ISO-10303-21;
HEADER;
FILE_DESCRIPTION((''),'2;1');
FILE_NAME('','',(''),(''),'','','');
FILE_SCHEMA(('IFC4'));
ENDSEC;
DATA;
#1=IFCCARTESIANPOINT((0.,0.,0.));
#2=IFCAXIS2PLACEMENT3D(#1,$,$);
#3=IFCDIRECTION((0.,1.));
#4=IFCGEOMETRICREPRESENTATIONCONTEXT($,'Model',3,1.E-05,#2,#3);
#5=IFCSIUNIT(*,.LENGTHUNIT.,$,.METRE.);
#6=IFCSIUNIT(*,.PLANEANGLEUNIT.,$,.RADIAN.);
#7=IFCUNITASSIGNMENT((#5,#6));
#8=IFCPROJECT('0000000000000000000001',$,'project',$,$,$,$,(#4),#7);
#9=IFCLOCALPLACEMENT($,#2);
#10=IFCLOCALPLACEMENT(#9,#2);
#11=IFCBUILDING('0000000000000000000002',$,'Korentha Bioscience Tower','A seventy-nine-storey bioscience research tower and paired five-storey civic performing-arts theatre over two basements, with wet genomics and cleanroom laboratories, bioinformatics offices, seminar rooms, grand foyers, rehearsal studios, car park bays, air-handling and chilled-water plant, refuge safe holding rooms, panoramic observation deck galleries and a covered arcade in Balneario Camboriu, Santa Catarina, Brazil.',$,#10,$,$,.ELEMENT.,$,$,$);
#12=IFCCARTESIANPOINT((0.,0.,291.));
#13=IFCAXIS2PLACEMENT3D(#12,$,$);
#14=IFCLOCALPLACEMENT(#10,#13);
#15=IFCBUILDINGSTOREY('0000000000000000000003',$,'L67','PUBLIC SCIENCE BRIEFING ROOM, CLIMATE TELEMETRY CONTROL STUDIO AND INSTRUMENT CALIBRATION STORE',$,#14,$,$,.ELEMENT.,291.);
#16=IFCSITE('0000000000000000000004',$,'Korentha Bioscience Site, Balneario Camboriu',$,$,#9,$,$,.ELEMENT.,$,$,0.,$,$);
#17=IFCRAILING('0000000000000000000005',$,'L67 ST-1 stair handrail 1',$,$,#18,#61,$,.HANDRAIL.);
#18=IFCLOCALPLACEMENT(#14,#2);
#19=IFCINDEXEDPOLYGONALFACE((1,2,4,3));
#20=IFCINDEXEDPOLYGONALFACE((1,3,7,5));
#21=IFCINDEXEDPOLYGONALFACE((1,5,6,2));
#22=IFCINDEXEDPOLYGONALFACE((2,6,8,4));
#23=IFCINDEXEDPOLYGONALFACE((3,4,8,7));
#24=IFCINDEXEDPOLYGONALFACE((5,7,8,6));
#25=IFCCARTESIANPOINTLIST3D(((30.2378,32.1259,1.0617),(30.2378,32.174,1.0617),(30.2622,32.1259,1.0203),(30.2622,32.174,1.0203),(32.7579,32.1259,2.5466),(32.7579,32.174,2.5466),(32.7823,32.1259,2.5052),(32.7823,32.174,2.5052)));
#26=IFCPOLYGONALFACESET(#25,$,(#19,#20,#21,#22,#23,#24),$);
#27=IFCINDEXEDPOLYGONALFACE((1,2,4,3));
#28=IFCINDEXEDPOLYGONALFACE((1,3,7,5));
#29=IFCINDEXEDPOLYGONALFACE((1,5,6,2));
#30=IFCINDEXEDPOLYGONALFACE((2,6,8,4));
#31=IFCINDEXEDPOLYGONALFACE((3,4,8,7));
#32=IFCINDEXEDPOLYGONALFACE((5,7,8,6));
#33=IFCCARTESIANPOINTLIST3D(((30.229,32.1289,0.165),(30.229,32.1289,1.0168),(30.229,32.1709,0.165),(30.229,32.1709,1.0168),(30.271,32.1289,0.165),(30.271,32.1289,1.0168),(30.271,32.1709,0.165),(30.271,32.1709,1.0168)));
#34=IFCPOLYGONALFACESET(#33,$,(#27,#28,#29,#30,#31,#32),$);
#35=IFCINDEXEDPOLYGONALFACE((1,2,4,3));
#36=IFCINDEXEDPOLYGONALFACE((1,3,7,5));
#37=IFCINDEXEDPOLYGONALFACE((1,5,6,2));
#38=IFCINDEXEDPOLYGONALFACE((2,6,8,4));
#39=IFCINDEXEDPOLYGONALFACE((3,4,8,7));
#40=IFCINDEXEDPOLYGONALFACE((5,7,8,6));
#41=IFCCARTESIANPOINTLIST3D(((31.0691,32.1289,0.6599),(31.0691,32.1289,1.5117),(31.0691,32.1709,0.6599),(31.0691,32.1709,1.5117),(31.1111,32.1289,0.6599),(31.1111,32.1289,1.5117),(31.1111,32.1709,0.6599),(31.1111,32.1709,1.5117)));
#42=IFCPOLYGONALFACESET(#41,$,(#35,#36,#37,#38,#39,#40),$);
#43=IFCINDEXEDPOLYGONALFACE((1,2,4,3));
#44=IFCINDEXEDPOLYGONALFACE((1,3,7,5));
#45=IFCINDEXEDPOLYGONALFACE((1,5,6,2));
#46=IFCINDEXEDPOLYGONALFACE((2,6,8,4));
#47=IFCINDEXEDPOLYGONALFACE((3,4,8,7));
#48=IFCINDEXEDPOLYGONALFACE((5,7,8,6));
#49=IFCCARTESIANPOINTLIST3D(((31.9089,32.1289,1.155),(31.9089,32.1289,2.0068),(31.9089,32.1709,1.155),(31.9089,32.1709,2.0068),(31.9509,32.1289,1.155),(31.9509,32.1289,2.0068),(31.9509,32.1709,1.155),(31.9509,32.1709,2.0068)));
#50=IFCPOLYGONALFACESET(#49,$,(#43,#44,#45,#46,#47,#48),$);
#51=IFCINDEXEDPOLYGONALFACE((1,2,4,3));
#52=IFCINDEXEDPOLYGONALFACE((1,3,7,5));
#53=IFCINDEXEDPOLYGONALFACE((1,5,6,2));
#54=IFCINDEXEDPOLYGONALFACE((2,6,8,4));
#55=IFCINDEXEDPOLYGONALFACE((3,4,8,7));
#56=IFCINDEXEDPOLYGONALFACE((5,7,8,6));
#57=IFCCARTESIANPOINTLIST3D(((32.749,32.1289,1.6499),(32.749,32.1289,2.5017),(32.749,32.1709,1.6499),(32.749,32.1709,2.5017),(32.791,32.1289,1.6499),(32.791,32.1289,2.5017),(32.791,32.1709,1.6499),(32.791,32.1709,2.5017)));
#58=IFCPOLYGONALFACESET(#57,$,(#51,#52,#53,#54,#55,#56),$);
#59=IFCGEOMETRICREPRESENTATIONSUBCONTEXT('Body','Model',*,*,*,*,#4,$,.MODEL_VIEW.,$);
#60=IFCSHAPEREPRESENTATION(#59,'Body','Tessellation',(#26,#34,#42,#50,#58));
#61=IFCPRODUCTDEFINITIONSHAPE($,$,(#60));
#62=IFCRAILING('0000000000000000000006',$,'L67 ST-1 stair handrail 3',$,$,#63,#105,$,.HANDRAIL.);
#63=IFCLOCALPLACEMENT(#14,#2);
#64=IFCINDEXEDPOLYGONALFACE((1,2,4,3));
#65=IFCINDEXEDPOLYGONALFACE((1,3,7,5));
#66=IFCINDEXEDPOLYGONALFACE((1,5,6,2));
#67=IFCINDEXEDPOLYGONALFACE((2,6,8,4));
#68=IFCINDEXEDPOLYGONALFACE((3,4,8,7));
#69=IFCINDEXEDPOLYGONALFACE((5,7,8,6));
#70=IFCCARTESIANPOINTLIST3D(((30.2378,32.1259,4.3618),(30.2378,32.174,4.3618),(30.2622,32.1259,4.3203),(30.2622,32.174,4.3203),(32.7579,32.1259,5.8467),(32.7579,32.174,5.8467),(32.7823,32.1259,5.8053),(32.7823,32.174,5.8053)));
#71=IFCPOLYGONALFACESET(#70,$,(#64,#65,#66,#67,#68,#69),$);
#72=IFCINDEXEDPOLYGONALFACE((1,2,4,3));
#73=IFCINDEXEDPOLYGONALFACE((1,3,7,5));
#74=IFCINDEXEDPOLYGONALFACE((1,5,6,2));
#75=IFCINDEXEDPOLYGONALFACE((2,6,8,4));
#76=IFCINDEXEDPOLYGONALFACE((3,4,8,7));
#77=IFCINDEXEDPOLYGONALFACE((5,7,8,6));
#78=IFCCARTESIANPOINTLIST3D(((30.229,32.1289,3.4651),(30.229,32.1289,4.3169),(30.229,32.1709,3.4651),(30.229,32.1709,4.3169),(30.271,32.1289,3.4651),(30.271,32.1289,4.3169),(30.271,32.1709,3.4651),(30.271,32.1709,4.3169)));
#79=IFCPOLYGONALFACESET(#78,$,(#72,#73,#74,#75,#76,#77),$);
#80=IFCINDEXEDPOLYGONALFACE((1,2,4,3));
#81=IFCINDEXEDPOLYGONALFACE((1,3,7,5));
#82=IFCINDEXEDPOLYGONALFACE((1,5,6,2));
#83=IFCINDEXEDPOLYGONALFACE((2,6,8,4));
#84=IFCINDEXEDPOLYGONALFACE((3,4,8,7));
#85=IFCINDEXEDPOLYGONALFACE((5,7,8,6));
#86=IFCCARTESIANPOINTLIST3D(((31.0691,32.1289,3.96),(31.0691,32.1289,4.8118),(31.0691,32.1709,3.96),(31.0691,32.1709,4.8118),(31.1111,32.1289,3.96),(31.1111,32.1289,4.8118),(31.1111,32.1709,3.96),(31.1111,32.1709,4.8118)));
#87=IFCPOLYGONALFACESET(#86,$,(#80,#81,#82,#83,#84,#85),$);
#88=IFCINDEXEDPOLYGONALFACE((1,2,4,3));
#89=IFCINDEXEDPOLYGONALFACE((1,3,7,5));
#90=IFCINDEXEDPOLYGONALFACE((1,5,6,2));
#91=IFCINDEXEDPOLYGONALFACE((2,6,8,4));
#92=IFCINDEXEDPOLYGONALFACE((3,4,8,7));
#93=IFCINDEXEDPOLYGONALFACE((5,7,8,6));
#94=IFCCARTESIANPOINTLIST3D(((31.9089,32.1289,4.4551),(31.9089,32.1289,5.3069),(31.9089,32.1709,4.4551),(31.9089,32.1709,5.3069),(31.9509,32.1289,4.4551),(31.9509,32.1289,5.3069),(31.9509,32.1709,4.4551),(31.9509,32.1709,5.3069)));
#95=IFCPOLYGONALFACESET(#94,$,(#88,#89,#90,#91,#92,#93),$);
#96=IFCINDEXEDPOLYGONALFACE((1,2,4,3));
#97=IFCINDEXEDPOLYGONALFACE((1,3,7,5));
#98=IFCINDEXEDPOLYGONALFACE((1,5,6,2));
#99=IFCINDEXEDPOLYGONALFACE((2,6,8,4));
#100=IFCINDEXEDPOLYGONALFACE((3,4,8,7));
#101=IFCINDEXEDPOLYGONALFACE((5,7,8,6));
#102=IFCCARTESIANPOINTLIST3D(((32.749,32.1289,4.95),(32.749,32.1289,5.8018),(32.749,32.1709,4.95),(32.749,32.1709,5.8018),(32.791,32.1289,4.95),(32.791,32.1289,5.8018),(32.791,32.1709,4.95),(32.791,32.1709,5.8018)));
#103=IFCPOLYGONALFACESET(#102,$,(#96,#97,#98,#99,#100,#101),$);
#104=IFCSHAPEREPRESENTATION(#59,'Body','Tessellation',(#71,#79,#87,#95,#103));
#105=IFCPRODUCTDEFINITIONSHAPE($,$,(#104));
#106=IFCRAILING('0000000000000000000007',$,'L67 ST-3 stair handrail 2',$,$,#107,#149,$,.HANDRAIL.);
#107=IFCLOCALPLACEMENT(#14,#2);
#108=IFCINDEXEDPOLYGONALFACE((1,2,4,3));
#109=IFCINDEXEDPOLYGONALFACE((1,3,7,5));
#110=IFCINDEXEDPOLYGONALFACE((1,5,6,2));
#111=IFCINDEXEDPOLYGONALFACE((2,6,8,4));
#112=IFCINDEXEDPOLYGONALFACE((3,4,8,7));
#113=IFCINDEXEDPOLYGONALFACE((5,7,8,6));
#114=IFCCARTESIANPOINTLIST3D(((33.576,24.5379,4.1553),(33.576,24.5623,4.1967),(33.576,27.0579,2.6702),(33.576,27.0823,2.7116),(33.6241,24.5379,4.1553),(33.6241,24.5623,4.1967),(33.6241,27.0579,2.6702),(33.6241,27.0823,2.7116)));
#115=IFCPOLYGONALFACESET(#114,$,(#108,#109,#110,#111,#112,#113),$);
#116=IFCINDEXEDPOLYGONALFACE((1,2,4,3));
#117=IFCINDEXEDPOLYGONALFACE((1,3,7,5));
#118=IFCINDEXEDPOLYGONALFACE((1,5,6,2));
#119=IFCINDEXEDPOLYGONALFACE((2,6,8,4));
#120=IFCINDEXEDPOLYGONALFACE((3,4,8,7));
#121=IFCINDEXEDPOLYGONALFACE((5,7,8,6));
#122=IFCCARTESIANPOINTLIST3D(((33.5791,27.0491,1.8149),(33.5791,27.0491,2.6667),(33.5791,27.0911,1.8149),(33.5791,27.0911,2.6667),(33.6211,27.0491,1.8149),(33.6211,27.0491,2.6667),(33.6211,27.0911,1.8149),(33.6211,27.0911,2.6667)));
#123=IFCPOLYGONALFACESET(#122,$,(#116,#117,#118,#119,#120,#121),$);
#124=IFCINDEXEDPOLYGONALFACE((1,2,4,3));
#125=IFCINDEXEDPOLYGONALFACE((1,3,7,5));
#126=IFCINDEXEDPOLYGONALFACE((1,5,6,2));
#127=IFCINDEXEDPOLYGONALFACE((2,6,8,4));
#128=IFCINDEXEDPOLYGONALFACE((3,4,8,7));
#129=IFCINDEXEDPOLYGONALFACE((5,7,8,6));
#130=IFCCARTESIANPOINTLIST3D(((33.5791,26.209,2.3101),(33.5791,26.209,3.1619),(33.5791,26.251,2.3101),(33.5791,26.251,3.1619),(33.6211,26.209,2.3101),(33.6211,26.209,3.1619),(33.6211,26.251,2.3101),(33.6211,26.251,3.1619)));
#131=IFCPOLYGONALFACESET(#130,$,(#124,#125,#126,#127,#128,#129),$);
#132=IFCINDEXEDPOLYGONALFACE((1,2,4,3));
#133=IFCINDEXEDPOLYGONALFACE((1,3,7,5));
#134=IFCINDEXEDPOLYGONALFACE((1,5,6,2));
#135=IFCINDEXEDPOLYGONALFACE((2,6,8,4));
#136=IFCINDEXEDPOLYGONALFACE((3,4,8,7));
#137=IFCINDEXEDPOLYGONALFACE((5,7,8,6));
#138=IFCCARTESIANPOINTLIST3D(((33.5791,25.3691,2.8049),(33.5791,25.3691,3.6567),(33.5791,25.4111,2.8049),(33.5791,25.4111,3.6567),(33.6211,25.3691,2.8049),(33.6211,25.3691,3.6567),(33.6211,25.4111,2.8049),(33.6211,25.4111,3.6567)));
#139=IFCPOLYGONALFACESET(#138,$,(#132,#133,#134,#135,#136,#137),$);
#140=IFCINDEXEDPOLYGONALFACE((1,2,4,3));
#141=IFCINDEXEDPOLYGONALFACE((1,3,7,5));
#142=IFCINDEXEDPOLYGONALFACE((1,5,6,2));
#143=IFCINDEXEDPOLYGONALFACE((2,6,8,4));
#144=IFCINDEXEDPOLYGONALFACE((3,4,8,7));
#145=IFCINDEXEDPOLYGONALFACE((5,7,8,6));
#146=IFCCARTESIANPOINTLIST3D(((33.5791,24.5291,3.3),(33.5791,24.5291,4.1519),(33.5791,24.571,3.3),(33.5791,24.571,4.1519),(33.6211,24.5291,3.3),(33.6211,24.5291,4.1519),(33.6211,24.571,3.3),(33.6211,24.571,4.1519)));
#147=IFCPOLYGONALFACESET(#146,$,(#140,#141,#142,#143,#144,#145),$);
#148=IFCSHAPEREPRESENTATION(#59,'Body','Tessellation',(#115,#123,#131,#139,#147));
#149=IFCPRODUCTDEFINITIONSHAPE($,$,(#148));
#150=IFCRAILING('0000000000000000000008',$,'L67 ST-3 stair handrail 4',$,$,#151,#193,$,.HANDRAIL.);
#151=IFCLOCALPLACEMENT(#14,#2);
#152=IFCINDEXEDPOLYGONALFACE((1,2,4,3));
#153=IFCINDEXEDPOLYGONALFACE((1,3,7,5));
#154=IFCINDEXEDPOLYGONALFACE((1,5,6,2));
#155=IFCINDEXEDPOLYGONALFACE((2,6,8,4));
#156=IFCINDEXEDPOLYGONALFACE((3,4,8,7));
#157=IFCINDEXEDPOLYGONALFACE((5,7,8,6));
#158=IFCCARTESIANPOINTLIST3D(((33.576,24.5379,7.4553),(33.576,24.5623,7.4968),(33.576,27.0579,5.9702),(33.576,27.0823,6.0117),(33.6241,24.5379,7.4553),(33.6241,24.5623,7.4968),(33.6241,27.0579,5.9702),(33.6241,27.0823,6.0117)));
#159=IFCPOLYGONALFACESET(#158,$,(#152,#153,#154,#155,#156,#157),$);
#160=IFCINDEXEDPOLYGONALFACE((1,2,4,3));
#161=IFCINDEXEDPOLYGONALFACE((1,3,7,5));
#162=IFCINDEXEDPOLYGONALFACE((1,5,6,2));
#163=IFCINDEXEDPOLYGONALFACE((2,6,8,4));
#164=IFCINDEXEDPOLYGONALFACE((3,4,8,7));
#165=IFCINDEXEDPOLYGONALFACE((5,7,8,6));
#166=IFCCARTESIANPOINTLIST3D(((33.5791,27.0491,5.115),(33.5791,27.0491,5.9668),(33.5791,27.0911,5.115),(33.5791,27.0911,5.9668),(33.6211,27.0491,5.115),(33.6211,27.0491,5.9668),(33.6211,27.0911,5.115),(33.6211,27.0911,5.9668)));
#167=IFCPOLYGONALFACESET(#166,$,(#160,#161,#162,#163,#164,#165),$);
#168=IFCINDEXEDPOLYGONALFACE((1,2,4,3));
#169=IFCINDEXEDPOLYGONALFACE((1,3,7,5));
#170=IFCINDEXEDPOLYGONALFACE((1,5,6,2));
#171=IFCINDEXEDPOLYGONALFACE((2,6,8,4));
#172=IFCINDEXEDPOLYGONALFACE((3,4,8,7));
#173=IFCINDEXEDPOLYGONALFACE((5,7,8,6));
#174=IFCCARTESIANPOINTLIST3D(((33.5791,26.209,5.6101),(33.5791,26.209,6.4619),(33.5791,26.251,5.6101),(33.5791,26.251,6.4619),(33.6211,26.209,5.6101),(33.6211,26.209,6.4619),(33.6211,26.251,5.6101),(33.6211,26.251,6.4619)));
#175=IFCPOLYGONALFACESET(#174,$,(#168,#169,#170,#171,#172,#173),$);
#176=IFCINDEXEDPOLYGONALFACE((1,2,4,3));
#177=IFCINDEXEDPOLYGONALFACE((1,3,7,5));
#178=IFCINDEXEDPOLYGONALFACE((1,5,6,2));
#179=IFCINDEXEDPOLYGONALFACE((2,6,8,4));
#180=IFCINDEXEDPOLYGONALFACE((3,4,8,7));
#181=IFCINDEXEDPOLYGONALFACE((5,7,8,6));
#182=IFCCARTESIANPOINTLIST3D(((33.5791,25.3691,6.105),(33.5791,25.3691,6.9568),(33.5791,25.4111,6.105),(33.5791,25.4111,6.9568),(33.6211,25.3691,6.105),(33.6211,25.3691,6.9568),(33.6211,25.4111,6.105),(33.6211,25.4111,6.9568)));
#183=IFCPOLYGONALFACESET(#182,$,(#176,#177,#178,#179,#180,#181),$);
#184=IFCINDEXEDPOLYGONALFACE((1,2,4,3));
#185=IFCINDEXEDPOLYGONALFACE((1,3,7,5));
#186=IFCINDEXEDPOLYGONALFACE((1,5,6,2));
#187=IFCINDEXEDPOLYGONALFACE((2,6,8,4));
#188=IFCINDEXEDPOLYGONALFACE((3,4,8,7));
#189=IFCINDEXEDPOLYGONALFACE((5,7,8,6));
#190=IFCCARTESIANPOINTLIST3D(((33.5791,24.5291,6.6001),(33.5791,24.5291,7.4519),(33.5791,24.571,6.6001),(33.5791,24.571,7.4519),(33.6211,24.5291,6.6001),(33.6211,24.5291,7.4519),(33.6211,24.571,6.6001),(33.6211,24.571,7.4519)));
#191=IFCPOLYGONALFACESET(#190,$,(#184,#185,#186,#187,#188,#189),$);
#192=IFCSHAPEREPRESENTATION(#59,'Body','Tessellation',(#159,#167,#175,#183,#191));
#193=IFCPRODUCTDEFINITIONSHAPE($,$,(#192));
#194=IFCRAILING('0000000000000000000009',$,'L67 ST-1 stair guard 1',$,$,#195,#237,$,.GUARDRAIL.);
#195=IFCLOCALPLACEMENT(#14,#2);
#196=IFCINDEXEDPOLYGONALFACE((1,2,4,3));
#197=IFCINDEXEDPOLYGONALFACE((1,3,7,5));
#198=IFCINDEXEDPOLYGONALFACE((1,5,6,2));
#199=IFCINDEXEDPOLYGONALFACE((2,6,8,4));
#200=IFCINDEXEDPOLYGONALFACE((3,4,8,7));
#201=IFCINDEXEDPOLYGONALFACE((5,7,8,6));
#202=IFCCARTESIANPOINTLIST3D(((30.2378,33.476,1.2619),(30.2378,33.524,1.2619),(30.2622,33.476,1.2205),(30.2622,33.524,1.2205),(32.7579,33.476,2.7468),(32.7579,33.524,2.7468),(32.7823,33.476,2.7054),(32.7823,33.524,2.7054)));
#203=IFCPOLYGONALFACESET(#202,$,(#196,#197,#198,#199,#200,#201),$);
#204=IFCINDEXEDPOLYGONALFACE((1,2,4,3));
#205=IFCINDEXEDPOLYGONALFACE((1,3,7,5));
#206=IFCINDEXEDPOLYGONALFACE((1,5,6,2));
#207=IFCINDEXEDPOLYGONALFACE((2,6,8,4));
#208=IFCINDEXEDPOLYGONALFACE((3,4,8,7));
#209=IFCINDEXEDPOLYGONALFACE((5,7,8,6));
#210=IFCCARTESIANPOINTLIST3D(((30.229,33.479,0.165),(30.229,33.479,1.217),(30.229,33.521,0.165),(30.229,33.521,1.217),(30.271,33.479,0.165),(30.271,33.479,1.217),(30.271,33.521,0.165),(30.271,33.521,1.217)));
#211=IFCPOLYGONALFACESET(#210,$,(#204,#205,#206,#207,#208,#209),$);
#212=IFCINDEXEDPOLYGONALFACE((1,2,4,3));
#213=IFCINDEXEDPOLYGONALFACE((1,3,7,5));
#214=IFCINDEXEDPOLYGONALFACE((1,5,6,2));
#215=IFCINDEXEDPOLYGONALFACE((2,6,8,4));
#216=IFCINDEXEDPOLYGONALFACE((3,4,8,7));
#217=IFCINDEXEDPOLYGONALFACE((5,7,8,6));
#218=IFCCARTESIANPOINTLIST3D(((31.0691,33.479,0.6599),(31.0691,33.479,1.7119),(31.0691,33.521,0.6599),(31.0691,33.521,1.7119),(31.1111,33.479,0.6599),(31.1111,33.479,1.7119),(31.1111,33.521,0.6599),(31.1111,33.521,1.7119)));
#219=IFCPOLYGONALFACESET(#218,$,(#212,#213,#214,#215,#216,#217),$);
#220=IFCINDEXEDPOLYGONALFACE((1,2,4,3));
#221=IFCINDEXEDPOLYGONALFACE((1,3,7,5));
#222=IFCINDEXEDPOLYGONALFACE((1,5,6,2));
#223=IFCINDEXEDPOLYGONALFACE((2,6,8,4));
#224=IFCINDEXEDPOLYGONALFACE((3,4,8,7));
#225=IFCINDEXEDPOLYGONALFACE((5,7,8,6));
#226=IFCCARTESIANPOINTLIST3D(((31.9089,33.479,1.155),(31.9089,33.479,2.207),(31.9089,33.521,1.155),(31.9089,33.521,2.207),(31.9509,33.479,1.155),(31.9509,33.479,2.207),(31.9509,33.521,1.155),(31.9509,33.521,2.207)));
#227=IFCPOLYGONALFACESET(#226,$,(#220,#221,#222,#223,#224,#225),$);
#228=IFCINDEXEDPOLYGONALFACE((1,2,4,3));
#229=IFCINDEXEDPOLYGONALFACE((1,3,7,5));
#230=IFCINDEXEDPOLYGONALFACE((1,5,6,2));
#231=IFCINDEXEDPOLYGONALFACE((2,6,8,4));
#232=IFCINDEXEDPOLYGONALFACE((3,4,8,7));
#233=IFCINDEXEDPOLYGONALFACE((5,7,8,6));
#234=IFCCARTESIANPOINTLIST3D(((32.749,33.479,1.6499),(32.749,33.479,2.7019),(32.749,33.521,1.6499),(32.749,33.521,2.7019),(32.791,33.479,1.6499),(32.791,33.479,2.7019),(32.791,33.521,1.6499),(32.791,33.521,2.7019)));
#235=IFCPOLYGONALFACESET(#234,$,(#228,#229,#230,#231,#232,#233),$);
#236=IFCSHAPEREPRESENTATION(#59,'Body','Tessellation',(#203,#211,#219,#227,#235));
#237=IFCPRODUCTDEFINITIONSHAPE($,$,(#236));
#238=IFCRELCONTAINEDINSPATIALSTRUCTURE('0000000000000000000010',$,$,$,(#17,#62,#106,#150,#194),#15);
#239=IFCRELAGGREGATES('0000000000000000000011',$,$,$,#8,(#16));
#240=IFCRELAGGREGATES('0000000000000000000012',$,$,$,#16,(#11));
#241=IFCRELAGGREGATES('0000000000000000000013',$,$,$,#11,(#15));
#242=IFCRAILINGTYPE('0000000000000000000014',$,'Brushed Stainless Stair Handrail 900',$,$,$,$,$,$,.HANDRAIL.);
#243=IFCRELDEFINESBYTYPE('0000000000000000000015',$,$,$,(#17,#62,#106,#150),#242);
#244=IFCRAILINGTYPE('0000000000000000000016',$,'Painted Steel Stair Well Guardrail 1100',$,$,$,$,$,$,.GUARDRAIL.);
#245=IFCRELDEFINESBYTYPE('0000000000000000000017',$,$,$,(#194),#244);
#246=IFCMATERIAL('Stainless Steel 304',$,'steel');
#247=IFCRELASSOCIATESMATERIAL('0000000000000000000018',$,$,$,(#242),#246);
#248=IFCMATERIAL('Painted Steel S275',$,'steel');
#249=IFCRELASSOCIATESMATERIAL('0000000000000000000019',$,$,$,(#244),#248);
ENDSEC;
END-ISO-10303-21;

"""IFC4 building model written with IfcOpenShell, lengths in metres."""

from ifc_helpers import new_model, si_unit, direction, frame, origin, origin_2d, place, context, subcontext, project, spatial, rectangle, extrude, material, type_object, element, save


model = new_model("IFC4")

# Units and contexts
model_context = context("Model", 3, precision=1e-05, world=origin(), true_north=direction((0.0, 1.0)))
body_context = subcontext(model_context, "Body", "Model", "MODEL_VIEW")
ifc_project = project(units=[si_unit("LENGTHUNIT", "METRE"), si_unit("PLANEANGLEUNIT", "RADIAN")], contexts=[model_context])

# Site, building, storey
site_placement = place(None, origin())
site = spatial("IfcSite", under=ifc_project, at=site_placement, Name="Korentha Bioscience Site, Balneario Camboriu", CompositionType="ELEMENT", RefElevation=0.0)
building_placement = place(site_placement, origin())
building = spatial("IfcBuilding", under=site, at=building_placement, Name="Korentha Bioscience Tower", Description="A seventy-nine-storey bioscience research tower and paired five-storey civic performing-arts theatre over two basements, with wet genomics and cleanroom laboratories, bioinformatics offices, seminar rooms, grand foyers, rehearsal studios, car park bays, air-handling and chilled-water plant, refuge safe holding rooms, panoramic observation deck galleries and a covered arcade in Balneario Camboriu, Santa Catarina, Brazil.", CompositionType="ELEMENT")
storey_placement = place(building_placement, frame((0.0, 0.0, 291.0)))
storey = spatial("IfcBuildingStorey", under=building, at=storey_placement, Name="L67", Description="PUBLIC SCIENCE BRIEFING ROOM, CLIMATE TELEMETRY CONTROL STUDIO AND INSTRUMENT CALIBRATION STORE", CompositionType="ELEMENT", Elevation=291.0)

# Railings
ifc_material_1 = material(Name="Stainless Steel 304", Category="steel")
railing_type_1 = type_object("IfcRailingType", Name="Brushed Stainless Stair Handrail 900", PredefinedType="HANDRAIL", material=ifc_material_1)
for number, where, name in (
    (1, (30.25, 32.1499, 0.165), "L67 ST-1 stair handrail 1"),
    (2, (30.25, 32.1499, 3.4651), "L67 ST-1 stair handrail 3"),
):
    element("IfcRailing", number, at=place(storey_placement, frame(where)), inside=storey, type_object=railing_type_1, Name=name, PredefinedType="HANDRAIL", context=body_context, shape_type="SweptSolid", body=[
        extrude(rectangle(XDim=0.0481, YDim=0.0481, at=origin_2d()), frame((0.0, 0.0, 0.876), z_axis=(0.861561, 0.0, 0.507655), x_axis=(0.0, 1.0, 0.0)), (0.0, 0.0, 1.0), 2.925),
        extrude(rectangle(XDim=0.042, YDim=0.042, at=origin_2d()), origin(), (0.0, 0.0, 1.0), 0.8518),
        extrude(rectangle(XDim=0.042, YDim=0.042, at=origin_2d()), frame((0.8401, 0.0, 0.4949)), (0.0, 0.0, 1.0), 0.8518),
        extrude(rectangle(XDim=0.042, YDim=0.042, at=origin_2d()), frame((1.6799, 0.0, 0.99)), (0.0, 0.0, 1.0), 0.8518),
        extrude(rectangle(XDim=0.042, YDim=0.042, at=origin_2d()), frame((2.52, 0.0, 1.4849)), (0.0, 0.0, 1.0), 0.8518),
    ])
for number, where, name in (
    (3, (33.6001, 27.0701, 1.8149), "L67 ST-3 stair handrail 2"),
    (4, (33.6001, 27.0701, 5.115), "L67 ST-3 stair handrail 4"),
):
    element("IfcRailing", number, at=place(storey_placement, frame(where)), inside=storey, type_object=railing_type_1, Name=name, PredefinedType="HANDRAIL", context=body_context, shape_type="SweptSolid", body=[
        extrude(rectangle(XDim=0.0481, YDim=0.0481, at=origin_2d()), frame((0.0, 0.0, 0.876), z_axis=(0.0, -0.861524, 0.507717), x_axis=(1.0, 0.0, 0.0)), (0.0, 0.0, 1.0), 2.925),
        extrude(rectangle(XDim=0.042, YDim=0.042, at=origin_2d()), origin(), (0.0, 0.0, 1.0), 0.8518),
        extrude(rectangle(XDim=0.042, YDim=0.042, at=origin_2d()), frame((0.0, -0.8401, 0.4951)), (0.0, 0.0, 1.0), 0.8518),
        extrude(rectangle(XDim=0.042, YDim=0.042, at=origin_2d()), frame((0.0, -1.6799, 0.99)), (0.0, 0.0, 1.0), 0.8518),
        extrude(rectangle(XDim=0.042, YDim=0.042, at=origin_2d()), frame((0.0, -2.52, 1.4851)), (0.0, 0.0, 1.0), 0.8518),
    ])
ifc_material_2 = material(Name="Painted Steel S275", Category="steel")
railing_type_2 = type_object("IfcRailingType", Name="Painted Steel Stair Well Guardrail 1100", PredefinedType="GUARDRAIL", material=ifc_material_2)
railing_1_placement = place(storey_placement, frame((30.25, 33.5, 0.165)))
element("IfcRailing", 5, at=railing_1_placement, inside=storey, type_object=railing_type_2, Name="L67 ST-1 stair guard 1", PredefinedType="GUARDRAIL", context=body_context, shape_type="SweptSolid", body=[
    extrude(rectangle(XDim=0.0481, YDim=0.0481, at=origin_2d()), frame((0.0, 0.0, 1.0762), z_axis=(0.861561, 0.0, 0.507655), x_axis=(0.0, 1.0, 0.0)), (0.0, 0.0, 1.0), 2.925),
    extrude(rectangle(XDim=0.042, YDim=0.042, at=origin_2d()), origin(), (0.0, 0.0, 1.0), 1.052),
    extrude(rectangle(XDim=0.042, YDim=0.042, at=origin_2d()), frame((0.8401, 0.0, 0.4949)), (0.0, 0.0, 1.0), 1.052),
    extrude(rectangle(XDim=0.042, YDim=0.042, at=origin_2d()), frame((1.6799, 0.0, 0.99)), (0.0, 0.0, 1.0), 1.052),
    extrude(rectangle(XDim=0.042, YDim=0.042, at=origin_2d()), frame((2.52, 0.0, 1.4849)), (0.0, 0.0, 1.0), 1.052),
])

save(model, "model.ifc")
